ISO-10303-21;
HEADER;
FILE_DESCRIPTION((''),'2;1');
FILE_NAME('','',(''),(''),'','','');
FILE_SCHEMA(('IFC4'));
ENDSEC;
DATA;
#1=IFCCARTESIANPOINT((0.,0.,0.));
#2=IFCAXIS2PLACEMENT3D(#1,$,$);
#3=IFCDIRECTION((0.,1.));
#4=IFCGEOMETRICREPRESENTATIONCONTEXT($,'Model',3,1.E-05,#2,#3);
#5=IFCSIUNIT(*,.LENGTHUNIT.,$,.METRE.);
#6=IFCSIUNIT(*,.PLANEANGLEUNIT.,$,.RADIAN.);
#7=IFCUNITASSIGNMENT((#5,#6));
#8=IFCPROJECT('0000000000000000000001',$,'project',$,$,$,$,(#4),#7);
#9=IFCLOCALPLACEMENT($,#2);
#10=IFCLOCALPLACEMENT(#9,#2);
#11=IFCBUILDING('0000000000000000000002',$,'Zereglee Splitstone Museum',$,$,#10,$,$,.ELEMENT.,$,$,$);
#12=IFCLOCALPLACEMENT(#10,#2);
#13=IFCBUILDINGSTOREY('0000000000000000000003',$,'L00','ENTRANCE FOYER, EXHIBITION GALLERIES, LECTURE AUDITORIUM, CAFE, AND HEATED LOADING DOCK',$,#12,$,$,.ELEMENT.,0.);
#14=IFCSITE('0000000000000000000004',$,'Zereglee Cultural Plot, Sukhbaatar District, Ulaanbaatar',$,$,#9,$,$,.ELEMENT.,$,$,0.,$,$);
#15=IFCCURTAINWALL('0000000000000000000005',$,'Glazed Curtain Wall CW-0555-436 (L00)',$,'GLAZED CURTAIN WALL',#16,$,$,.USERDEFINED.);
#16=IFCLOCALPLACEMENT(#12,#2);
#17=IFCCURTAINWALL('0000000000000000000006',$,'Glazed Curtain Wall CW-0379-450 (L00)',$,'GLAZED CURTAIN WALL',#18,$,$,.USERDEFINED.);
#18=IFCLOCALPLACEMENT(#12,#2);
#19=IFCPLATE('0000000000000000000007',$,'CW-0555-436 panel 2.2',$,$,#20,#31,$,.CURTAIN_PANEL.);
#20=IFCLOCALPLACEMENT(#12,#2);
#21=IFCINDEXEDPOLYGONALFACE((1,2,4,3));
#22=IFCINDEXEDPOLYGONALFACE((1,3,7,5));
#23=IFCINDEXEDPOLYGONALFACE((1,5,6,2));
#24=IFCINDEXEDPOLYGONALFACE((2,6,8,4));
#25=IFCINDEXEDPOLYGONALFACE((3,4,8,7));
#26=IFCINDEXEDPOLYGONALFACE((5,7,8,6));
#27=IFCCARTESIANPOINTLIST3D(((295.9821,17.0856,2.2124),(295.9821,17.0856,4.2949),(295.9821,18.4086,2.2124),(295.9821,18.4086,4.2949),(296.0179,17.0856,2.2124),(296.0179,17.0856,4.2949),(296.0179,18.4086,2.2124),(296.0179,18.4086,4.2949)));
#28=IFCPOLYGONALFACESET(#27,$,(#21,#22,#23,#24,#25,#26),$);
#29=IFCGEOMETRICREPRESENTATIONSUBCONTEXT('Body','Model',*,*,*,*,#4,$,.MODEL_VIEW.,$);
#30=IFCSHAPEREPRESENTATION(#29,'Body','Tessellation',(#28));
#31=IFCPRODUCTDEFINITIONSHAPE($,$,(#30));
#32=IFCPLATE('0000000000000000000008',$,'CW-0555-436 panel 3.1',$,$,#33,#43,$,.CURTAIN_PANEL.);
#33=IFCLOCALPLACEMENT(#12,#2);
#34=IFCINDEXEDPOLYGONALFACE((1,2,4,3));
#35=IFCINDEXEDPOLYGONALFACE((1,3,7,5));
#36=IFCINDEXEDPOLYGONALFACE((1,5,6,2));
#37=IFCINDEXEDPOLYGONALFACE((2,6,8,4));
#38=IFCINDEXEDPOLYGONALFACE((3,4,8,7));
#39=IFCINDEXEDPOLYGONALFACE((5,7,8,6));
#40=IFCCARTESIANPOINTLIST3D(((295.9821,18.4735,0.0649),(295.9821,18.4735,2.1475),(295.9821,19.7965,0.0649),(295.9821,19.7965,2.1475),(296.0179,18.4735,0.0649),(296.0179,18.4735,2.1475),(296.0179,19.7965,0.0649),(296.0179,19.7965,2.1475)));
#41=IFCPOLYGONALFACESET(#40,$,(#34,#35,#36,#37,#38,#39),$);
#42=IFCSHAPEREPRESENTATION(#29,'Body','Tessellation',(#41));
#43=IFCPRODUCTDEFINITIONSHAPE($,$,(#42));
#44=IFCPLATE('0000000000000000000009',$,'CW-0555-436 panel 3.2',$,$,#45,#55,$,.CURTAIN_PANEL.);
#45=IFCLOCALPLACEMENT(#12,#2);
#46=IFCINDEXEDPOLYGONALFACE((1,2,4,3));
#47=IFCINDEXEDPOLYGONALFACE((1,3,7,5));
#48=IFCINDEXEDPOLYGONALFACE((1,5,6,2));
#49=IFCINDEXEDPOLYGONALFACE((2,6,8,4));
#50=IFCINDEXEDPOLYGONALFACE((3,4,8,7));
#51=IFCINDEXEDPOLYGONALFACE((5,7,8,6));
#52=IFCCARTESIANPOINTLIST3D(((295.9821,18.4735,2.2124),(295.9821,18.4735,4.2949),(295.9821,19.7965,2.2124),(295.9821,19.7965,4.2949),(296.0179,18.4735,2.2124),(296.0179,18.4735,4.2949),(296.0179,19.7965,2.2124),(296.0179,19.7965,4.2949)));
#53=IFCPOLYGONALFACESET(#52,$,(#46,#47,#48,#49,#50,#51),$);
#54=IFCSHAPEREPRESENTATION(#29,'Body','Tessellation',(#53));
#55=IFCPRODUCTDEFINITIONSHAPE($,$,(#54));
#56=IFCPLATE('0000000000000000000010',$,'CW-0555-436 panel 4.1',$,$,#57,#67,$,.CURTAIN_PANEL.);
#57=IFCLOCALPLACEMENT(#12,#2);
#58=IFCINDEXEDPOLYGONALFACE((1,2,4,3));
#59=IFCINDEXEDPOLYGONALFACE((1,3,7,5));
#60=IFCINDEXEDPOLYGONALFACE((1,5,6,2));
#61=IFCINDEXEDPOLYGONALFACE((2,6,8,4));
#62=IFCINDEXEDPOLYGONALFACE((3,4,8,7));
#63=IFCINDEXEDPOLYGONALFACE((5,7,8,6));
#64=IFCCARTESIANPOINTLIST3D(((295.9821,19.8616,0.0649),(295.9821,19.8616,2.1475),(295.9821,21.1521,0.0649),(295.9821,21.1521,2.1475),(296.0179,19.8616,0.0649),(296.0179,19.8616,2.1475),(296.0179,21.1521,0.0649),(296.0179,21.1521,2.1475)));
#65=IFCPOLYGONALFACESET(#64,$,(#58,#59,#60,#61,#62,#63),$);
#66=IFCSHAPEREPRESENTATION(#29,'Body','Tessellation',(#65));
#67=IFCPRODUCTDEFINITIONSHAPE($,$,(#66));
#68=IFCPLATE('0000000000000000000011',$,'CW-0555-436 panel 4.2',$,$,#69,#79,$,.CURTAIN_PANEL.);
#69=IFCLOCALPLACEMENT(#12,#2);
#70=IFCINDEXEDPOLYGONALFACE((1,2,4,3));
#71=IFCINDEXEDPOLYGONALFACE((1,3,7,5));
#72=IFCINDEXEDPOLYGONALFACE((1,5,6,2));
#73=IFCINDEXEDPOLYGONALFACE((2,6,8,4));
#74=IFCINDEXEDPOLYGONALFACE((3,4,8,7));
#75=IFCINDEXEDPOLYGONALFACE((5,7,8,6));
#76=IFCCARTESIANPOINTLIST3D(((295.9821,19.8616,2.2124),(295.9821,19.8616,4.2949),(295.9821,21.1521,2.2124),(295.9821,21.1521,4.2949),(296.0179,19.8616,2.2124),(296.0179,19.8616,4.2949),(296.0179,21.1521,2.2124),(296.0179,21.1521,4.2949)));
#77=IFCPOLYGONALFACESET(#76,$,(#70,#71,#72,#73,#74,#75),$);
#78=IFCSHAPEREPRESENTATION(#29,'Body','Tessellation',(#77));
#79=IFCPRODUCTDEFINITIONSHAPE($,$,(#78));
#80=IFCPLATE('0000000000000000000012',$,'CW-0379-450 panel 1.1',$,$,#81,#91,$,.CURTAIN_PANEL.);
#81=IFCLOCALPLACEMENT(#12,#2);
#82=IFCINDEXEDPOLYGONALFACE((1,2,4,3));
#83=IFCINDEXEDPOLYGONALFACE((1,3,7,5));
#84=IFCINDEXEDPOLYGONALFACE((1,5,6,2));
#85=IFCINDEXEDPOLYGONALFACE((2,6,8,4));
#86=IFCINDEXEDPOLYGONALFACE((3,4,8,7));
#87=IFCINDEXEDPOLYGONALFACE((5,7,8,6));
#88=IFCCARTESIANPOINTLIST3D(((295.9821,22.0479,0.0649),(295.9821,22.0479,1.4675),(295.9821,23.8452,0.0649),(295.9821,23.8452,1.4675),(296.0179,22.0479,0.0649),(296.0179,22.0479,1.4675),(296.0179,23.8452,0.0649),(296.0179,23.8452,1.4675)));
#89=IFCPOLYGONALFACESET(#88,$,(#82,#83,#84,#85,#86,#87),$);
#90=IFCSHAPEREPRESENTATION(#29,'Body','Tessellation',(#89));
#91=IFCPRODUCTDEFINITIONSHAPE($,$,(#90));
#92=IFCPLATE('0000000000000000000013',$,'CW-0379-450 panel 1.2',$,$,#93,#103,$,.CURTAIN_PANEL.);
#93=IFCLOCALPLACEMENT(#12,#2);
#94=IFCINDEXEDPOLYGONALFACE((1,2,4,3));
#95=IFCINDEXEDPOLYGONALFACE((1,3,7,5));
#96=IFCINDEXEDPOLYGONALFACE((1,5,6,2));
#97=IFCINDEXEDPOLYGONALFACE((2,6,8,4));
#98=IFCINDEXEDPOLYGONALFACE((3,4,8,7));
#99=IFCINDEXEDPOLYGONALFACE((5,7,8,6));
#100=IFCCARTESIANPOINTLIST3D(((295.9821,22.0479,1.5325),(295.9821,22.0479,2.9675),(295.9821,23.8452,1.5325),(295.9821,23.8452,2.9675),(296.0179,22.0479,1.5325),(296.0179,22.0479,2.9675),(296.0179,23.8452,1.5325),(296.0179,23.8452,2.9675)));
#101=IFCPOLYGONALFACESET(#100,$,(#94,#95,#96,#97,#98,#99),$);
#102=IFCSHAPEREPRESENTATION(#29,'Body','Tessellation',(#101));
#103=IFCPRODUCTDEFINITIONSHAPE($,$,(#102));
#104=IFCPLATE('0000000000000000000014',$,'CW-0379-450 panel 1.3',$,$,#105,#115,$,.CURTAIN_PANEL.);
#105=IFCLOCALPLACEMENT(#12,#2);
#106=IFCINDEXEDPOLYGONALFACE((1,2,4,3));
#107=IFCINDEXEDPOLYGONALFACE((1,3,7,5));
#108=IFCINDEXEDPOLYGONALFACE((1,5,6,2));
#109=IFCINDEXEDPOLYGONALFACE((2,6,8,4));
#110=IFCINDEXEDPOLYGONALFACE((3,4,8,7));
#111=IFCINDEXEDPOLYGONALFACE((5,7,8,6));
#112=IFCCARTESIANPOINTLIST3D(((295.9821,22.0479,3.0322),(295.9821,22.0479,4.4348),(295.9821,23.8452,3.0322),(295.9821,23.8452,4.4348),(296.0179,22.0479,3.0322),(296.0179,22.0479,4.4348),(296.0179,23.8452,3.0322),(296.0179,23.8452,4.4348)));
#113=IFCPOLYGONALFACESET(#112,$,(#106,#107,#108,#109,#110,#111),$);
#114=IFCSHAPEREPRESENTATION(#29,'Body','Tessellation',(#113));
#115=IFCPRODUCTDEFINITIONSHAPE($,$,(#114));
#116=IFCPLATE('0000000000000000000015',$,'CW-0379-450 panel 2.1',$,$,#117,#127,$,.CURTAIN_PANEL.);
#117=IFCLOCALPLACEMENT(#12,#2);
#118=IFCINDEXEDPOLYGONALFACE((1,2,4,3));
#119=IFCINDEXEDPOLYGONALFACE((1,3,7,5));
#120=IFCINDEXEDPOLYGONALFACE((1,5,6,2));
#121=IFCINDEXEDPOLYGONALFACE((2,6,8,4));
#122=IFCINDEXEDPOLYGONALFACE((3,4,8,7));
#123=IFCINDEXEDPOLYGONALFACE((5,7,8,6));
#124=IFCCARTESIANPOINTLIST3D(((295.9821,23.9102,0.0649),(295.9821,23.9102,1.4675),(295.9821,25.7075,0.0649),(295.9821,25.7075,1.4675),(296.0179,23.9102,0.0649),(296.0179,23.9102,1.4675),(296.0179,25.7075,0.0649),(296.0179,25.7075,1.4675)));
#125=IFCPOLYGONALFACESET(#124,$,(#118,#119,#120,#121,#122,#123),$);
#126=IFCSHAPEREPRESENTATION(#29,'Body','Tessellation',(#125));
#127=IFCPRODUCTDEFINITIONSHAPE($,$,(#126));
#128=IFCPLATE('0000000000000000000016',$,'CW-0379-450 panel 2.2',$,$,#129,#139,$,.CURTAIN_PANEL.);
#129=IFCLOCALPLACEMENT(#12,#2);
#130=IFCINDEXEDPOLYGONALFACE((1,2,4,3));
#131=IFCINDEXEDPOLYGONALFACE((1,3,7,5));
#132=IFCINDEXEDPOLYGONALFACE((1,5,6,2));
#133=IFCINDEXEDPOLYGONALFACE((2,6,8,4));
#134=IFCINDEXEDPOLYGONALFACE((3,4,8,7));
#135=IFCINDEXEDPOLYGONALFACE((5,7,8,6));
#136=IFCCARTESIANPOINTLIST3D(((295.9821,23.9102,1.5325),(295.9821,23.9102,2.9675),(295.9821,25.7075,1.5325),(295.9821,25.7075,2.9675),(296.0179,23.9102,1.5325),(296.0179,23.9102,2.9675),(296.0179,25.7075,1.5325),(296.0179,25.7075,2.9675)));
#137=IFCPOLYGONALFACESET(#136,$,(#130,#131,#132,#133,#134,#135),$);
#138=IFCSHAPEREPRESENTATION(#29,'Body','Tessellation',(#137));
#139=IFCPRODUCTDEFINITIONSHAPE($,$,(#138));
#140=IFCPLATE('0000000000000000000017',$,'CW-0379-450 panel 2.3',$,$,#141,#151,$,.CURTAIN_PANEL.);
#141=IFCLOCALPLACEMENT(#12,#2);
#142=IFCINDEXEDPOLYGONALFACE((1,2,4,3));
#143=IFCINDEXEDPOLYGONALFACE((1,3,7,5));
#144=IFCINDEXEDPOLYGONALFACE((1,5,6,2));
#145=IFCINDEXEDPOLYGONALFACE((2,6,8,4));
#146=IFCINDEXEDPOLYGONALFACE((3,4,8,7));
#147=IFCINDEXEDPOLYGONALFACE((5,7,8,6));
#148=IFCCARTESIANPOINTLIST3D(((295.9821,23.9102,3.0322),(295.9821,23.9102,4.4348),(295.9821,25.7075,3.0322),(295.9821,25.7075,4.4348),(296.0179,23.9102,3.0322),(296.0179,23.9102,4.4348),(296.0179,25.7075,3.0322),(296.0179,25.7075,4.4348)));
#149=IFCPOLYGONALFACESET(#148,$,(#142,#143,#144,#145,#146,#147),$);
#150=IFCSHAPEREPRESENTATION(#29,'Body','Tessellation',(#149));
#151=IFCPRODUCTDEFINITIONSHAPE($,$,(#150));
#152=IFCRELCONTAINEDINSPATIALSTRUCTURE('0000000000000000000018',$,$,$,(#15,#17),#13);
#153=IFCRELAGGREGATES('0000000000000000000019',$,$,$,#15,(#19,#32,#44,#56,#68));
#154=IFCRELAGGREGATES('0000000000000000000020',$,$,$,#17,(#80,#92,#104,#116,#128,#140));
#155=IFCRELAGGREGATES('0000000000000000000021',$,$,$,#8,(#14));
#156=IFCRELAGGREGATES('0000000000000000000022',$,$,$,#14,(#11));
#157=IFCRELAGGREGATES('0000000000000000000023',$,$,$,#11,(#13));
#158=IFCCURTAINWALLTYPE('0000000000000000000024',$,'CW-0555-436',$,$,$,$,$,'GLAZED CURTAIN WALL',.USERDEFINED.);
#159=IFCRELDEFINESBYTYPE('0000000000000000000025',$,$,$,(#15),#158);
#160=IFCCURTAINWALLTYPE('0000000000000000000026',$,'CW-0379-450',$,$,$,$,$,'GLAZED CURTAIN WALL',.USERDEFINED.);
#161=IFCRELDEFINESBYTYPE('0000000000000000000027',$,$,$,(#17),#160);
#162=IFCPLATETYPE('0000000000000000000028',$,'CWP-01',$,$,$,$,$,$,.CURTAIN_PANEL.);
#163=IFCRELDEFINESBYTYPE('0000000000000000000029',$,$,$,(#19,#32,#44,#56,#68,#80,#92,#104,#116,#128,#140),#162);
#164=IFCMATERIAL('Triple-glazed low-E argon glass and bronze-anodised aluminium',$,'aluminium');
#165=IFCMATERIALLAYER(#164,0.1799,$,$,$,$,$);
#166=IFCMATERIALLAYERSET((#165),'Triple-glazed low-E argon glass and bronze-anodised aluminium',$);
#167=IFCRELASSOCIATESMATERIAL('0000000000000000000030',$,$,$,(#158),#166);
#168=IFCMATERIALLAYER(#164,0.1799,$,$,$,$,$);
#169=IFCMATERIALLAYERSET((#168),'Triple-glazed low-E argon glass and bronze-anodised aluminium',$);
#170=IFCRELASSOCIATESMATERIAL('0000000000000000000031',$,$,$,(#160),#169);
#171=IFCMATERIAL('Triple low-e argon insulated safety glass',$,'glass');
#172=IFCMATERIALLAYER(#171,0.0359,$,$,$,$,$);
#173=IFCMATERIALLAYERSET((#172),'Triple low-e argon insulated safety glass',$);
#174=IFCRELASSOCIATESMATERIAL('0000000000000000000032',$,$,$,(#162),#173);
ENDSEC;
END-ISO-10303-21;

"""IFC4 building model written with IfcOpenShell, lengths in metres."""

from ifc_helpers import new_model, si_unit, direction, frame, origin, origin_2d, place, context, subcontext, project, spatial, rectangle, extrude, material, layer, layer_set, type_object, element, aggregate, save


model = new_model("IFC4")

# Units and contexts
model_context = context("Model", 3, precision=1e-05, world=origin(), true_north=direction((0.0, 1.0)))
body_context = subcontext(model_context, "Body", "Model", "MODEL_VIEW")
ifc_project = project(units=[si_unit("LENGTHUNIT", "METRE"), si_unit("PLANEANGLEUNIT", "RADIAN")], contexts=[model_context])

# Site, building, storey
site_placement = place(None, origin())
site = spatial("IfcSite", under=ifc_project, at=site_placement, Name="Zereglee Cultural Plot, Sukhbaatar District, Ulaanbaatar", CompositionType="ELEMENT", RefElevation=0.0)
building_placement = place(site_placement, origin())
building = spatial("IfcBuilding", under=site, at=building_placement, Name="Zereglee Splitstone Museum", CompositionType="ELEMENT")
storey_placement = place(building_placement, origin())
storey = spatial("IfcBuildingStorey", under=building, at=storey_placement, Name="L00", Description="ENTRANCE FOYER, EXHIBITION GALLERIES, LECTURE AUDITORIUM, CAFE, AND HEATED LOADING DOCK", CompositionType="ELEMENT", Elevation=0.0)

# Curtain walls
ifc_material_1 = material(Name="Triple-glazed low-E argon glass and bronze-anodised aluminium", Category="aluminium")
ifc_layer_1 = layer(ifc_material_1, 0.1799)
ifc_layer_set_1 = layer_set([ifc_layer_1], Name="Triple-glazed low-E argon glass and bronze-anodised aluminium")
curtain_wall_type_1 = type_object("IfcCurtainWallType", Name="CW-0555-436", ElementType="GLAZED CURTAIN WALL", PredefinedType="USERDEFINED", material=ifc_layer_set_1)
curtain_wall_1_placement = place(storey_placement, origin())
curtain_wall_1 = element("IfcCurtainWall", 1, at=curtain_wall_1_placement, inside=storey, type_object=curtain_wall_type_1, Name="Glazed Curtain Wall CW-0555-436 (L00)", ObjectType="GLAZED CURTAIN WALL", PredefinedType="USERDEFINED")
ifc_layer_2 = layer(ifc_material_1, 0.1799)
ifc_layer_set_2 = layer_set([ifc_layer_2], Name="Triple-glazed low-E argon glass and bronze-anodised aluminium")
curtain_wall_type_2 = type_object("IfcCurtainWallType", Name="CW-0379-450", ElementType="GLAZED CURTAIN WALL", PredefinedType="USERDEFINED", material=ifc_layer_set_2)
curtain_wall_2_placement = place(storey_placement, origin())
curtain_wall_2 = element("IfcCurtainWall", 2, at=curtain_wall_2_placement, inside=storey, type_object=curtain_wall_type_2, Name="Glazed Curtain Wall CW-0379-450 (L00)", ObjectType="GLAZED CURTAIN WALL", PredefinedType="USERDEFINED")

# Plates
ifc_material_2 = material(Name="Triple low-e argon insulated safety glass", Category="glass")
ifc_layer_3 = layer(ifc_material_2, 0.0359)
ifc_layer_set_3 = layer_set([ifc_layer_3], Name="Triple low-e argon insulated safety glass")
plate_type = type_object("IfcPlateType", Name="CWP-01", PredefinedType="CURTAIN_PANEL", material=ifc_layer_set_3)
plate_1_placement = place(storey_placement, frame((296.0, 17.7471, 2.2124), z_axis=(0.0, 0.0, 1.0), x_axis=(0.0, 1.0, 0.0)))
plate_1 = element("IfcPlate", 3, at=plate_1_placement, type_object=plate_type, Name="CW-0555-436 panel 2.2", PredefinedType="CURTAIN_PANEL", context=body_context, shape_type="SweptSolid", body=[
    extrude(rectangle(XDim=1.323, YDim=0.0359, at=origin_2d()), origin(), (0.0, 0.0, 1.0), 2.0825),
])
plate_2_placement = place(storey_placement, frame((296.0, 19.135, 0.0649), z_axis=(0.0, 0.0, 1.0), x_axis=(0.0, 1.0, 0.0)))
plate_2 = element("IfcPlate", 4, at=plate_2_placement, type_object=plate_type, Name="CW-0555-436 panel 3.1", PredefinedType="CURTAIN_PANEL", context=body_context, shape_type="SweptSolid", body=[
    extrude(rectangle(XDim=1.323, YDim=0.0359, at=origin_2d()), origin(), (0.0, 0.0, 1.0), 2.0825),
])
plate_3_placement = place(storey_placement, frame((296.0, 19.135, 2.2124), z_axis=(0.0, 0.0, 1.0), x_axis=(0.0, 1.0, 0.0)))
plate_3 = element("IfcPlate", 5, at=plate_3_placement, type_object=plate_type, Name="CW-0555-436 panel 3.2", PredefinedType="CURTAIN_PANEL", context=body_context, shape_type="SweptSolid", body=[
    extrude(rectangle(XDim=1.323, YDim=0.0359, at=origin_2d()), origin(), (0.0, 0.0, 1.0), 2.0825),
])
plate_4_placement = place(storey_placement, frame((296.0, 20.5068, 0.0649), z_axis=(0.0, 0.0, 1.0), x_axis=(0.0, 1.0, 0.0)))
plate_4 = element("IfcPlate", 6, at=plate_4_placement, type_object=plate_type, Name="CW-0555-436 panel 4.1", PredefinedType="CURTAIN_PANEL", context=body_context, shape_type="SweptSolid", body=[
    extrude(rectangle(XDim=1.2905, YDim=0.0359, at=origin_2d()), origin(), (0.0, 0.0, 1.0), 2.0825),
])
plate_5_placement = place(storey_placement, frame((296.0, 20.5068, 2.2124), z_axis=(0.0, 0.0, 1.0), x_axis=(0.0, 1.0, 0.0)))
plate_5 = element("IfcPlate", 7, at=plate_5_placement, type_object=plate_type, Name="CW-0555-436 panel 4.2", PredefinedType="CURTAIN_PANEL", context=body_context, shape_type="SweptSolid", body=[
    extrude(rectangle(XDim=1.2905, YDim=0.0359, at=origin_2d()), origin(), (0.0, 0.0, 1.0), 2.0825),
])
aggregate(curtain_wall_1, [plate_1, plate_2, plate_3, plate_4, plate_5])
plate_6_placement = place(storey_placement, frame((296.0, 22.9465, 0.0649), z_axis=(0.0, 0.0, 1.0), x_axis=(0.0, 1.0, 0.0)))
plate_6 = element("IfcPlate", 8, at=plate_6_placement, type_object=plate_type, Name="CW-0379-450 panel 1.1", PredefinedType="CURTAIN_PANEL", context=body_context, shape_type="SweptSolid", body=[
    extrude(rectangle(XDim=1.7974, YDim=0.0359, at=origin_2d()), origin(), (0.0, 0.0, 1.0), 1.4026),
])
plate_7_placement = place(storey_placement, frame((296.0, 22.9465, 1.5325), z_axis=(0.0, 0.0, 1.0), x_axis=(0.0, 1.0, 0.0)))
plate_7 = element("IfcPlate", 9, at=plate_7_placement, type_object=plate_type, Name="CW-0379-450 panel 1.2", PredefinedType="CURTAIN_PANEL", context=body_context, shape_type="SweptSolid", body=[
    extrude(rectangle(XDim=1.7974, YDim=0.0359, at=origin_2d()), origin(), (0.0, 0.0, 1.0), 1.4351),
])
plate_8_placement = place(storey_placement, frame((296.0, 22.9465, 3.0322), z_axis=(0.0, 0.0, 1.0), x_axis=(0.0, 1.0, 0.0)))
plate_8 = element("IfcPlate", 10, at=plate_8_placement, type_object=plate_type, Name="CW-0379-450 panel 1.3", PredefinedType="CURTAIN_PANEL", context=body_context, shape_type="SweptSolid", body=[
    extrude(rectangle(XDim=1.7974, YDim=0.0359, at=origin_2d()), origin(), (0.0, 0.0, 1.0), 1.4026),
])
plate_9_placement = place(storey_placement, frame((296.0, 24.8088, 0.0649), z_axis=(0.0, 0.0, 1.0), x_axis=(0.0, 1.0, 0.0)))
plate_9 = element("IfcPlate", 11, at=plate_9_placement, type_object=plate_type, Name="CW-0379-450 panel 2.1", PredefinedType="CURTAIN_PANEL", context=body_context, shape_type="SweptSolid", body=[
    extrude(rectangle(XDim=1.7974, YDim=0.0359, at=origin_2d()), origin(), (0.0, 0.0, 1.0), 1.4026),
])
plate_10_placement = place(storey_placement, frame((296.0, 24.8088, 1.5325), z_axis=(0.0, 0.0, 1.0), x_axis=(0.0, 1.0, 0.0)))
plate_10 = element("IfcPlate", 12, at=plate_10_placement, type_object=plate_type, Name="CW-0379-450 panel 2.2", PredefinedType="CURTAIN_PANEL", context=body_context, shape_type="SweptSolid", body=[
    extrude(rectangle(XDim=1.7974, YDim=0.0359, at=origin_2d()), origin(), (0.0, 0.0, 1.0), 1.4351),
])
plate_11_placement = place(storey_placement, frame((296.0, 24.8088, 3.0322), z_axis=(0.0, 0.0, 1.0), x_axis=(0.0, 1.0, 0.0)))
plate_11 = element("IfcPlate", 13, at=plate_11_placement, type_object=plate_type, Name="CW-0379-450 panel 2.3", PredefinedType="CURTAIN_PANEL", context=body_context, shape_type="SweptSolid", body=[
    extrude(rectangle(XDim=1.7974, YDim=0.0359, at=origin_2d()), origin(), (0.0, 0.0, 1.0), 1.4026),
])
aggregate(curtain_wall_2, [plate_6, plate_7, plate_8, plate_9, plate_10, plate_11])

save(model, "model.ifc")
